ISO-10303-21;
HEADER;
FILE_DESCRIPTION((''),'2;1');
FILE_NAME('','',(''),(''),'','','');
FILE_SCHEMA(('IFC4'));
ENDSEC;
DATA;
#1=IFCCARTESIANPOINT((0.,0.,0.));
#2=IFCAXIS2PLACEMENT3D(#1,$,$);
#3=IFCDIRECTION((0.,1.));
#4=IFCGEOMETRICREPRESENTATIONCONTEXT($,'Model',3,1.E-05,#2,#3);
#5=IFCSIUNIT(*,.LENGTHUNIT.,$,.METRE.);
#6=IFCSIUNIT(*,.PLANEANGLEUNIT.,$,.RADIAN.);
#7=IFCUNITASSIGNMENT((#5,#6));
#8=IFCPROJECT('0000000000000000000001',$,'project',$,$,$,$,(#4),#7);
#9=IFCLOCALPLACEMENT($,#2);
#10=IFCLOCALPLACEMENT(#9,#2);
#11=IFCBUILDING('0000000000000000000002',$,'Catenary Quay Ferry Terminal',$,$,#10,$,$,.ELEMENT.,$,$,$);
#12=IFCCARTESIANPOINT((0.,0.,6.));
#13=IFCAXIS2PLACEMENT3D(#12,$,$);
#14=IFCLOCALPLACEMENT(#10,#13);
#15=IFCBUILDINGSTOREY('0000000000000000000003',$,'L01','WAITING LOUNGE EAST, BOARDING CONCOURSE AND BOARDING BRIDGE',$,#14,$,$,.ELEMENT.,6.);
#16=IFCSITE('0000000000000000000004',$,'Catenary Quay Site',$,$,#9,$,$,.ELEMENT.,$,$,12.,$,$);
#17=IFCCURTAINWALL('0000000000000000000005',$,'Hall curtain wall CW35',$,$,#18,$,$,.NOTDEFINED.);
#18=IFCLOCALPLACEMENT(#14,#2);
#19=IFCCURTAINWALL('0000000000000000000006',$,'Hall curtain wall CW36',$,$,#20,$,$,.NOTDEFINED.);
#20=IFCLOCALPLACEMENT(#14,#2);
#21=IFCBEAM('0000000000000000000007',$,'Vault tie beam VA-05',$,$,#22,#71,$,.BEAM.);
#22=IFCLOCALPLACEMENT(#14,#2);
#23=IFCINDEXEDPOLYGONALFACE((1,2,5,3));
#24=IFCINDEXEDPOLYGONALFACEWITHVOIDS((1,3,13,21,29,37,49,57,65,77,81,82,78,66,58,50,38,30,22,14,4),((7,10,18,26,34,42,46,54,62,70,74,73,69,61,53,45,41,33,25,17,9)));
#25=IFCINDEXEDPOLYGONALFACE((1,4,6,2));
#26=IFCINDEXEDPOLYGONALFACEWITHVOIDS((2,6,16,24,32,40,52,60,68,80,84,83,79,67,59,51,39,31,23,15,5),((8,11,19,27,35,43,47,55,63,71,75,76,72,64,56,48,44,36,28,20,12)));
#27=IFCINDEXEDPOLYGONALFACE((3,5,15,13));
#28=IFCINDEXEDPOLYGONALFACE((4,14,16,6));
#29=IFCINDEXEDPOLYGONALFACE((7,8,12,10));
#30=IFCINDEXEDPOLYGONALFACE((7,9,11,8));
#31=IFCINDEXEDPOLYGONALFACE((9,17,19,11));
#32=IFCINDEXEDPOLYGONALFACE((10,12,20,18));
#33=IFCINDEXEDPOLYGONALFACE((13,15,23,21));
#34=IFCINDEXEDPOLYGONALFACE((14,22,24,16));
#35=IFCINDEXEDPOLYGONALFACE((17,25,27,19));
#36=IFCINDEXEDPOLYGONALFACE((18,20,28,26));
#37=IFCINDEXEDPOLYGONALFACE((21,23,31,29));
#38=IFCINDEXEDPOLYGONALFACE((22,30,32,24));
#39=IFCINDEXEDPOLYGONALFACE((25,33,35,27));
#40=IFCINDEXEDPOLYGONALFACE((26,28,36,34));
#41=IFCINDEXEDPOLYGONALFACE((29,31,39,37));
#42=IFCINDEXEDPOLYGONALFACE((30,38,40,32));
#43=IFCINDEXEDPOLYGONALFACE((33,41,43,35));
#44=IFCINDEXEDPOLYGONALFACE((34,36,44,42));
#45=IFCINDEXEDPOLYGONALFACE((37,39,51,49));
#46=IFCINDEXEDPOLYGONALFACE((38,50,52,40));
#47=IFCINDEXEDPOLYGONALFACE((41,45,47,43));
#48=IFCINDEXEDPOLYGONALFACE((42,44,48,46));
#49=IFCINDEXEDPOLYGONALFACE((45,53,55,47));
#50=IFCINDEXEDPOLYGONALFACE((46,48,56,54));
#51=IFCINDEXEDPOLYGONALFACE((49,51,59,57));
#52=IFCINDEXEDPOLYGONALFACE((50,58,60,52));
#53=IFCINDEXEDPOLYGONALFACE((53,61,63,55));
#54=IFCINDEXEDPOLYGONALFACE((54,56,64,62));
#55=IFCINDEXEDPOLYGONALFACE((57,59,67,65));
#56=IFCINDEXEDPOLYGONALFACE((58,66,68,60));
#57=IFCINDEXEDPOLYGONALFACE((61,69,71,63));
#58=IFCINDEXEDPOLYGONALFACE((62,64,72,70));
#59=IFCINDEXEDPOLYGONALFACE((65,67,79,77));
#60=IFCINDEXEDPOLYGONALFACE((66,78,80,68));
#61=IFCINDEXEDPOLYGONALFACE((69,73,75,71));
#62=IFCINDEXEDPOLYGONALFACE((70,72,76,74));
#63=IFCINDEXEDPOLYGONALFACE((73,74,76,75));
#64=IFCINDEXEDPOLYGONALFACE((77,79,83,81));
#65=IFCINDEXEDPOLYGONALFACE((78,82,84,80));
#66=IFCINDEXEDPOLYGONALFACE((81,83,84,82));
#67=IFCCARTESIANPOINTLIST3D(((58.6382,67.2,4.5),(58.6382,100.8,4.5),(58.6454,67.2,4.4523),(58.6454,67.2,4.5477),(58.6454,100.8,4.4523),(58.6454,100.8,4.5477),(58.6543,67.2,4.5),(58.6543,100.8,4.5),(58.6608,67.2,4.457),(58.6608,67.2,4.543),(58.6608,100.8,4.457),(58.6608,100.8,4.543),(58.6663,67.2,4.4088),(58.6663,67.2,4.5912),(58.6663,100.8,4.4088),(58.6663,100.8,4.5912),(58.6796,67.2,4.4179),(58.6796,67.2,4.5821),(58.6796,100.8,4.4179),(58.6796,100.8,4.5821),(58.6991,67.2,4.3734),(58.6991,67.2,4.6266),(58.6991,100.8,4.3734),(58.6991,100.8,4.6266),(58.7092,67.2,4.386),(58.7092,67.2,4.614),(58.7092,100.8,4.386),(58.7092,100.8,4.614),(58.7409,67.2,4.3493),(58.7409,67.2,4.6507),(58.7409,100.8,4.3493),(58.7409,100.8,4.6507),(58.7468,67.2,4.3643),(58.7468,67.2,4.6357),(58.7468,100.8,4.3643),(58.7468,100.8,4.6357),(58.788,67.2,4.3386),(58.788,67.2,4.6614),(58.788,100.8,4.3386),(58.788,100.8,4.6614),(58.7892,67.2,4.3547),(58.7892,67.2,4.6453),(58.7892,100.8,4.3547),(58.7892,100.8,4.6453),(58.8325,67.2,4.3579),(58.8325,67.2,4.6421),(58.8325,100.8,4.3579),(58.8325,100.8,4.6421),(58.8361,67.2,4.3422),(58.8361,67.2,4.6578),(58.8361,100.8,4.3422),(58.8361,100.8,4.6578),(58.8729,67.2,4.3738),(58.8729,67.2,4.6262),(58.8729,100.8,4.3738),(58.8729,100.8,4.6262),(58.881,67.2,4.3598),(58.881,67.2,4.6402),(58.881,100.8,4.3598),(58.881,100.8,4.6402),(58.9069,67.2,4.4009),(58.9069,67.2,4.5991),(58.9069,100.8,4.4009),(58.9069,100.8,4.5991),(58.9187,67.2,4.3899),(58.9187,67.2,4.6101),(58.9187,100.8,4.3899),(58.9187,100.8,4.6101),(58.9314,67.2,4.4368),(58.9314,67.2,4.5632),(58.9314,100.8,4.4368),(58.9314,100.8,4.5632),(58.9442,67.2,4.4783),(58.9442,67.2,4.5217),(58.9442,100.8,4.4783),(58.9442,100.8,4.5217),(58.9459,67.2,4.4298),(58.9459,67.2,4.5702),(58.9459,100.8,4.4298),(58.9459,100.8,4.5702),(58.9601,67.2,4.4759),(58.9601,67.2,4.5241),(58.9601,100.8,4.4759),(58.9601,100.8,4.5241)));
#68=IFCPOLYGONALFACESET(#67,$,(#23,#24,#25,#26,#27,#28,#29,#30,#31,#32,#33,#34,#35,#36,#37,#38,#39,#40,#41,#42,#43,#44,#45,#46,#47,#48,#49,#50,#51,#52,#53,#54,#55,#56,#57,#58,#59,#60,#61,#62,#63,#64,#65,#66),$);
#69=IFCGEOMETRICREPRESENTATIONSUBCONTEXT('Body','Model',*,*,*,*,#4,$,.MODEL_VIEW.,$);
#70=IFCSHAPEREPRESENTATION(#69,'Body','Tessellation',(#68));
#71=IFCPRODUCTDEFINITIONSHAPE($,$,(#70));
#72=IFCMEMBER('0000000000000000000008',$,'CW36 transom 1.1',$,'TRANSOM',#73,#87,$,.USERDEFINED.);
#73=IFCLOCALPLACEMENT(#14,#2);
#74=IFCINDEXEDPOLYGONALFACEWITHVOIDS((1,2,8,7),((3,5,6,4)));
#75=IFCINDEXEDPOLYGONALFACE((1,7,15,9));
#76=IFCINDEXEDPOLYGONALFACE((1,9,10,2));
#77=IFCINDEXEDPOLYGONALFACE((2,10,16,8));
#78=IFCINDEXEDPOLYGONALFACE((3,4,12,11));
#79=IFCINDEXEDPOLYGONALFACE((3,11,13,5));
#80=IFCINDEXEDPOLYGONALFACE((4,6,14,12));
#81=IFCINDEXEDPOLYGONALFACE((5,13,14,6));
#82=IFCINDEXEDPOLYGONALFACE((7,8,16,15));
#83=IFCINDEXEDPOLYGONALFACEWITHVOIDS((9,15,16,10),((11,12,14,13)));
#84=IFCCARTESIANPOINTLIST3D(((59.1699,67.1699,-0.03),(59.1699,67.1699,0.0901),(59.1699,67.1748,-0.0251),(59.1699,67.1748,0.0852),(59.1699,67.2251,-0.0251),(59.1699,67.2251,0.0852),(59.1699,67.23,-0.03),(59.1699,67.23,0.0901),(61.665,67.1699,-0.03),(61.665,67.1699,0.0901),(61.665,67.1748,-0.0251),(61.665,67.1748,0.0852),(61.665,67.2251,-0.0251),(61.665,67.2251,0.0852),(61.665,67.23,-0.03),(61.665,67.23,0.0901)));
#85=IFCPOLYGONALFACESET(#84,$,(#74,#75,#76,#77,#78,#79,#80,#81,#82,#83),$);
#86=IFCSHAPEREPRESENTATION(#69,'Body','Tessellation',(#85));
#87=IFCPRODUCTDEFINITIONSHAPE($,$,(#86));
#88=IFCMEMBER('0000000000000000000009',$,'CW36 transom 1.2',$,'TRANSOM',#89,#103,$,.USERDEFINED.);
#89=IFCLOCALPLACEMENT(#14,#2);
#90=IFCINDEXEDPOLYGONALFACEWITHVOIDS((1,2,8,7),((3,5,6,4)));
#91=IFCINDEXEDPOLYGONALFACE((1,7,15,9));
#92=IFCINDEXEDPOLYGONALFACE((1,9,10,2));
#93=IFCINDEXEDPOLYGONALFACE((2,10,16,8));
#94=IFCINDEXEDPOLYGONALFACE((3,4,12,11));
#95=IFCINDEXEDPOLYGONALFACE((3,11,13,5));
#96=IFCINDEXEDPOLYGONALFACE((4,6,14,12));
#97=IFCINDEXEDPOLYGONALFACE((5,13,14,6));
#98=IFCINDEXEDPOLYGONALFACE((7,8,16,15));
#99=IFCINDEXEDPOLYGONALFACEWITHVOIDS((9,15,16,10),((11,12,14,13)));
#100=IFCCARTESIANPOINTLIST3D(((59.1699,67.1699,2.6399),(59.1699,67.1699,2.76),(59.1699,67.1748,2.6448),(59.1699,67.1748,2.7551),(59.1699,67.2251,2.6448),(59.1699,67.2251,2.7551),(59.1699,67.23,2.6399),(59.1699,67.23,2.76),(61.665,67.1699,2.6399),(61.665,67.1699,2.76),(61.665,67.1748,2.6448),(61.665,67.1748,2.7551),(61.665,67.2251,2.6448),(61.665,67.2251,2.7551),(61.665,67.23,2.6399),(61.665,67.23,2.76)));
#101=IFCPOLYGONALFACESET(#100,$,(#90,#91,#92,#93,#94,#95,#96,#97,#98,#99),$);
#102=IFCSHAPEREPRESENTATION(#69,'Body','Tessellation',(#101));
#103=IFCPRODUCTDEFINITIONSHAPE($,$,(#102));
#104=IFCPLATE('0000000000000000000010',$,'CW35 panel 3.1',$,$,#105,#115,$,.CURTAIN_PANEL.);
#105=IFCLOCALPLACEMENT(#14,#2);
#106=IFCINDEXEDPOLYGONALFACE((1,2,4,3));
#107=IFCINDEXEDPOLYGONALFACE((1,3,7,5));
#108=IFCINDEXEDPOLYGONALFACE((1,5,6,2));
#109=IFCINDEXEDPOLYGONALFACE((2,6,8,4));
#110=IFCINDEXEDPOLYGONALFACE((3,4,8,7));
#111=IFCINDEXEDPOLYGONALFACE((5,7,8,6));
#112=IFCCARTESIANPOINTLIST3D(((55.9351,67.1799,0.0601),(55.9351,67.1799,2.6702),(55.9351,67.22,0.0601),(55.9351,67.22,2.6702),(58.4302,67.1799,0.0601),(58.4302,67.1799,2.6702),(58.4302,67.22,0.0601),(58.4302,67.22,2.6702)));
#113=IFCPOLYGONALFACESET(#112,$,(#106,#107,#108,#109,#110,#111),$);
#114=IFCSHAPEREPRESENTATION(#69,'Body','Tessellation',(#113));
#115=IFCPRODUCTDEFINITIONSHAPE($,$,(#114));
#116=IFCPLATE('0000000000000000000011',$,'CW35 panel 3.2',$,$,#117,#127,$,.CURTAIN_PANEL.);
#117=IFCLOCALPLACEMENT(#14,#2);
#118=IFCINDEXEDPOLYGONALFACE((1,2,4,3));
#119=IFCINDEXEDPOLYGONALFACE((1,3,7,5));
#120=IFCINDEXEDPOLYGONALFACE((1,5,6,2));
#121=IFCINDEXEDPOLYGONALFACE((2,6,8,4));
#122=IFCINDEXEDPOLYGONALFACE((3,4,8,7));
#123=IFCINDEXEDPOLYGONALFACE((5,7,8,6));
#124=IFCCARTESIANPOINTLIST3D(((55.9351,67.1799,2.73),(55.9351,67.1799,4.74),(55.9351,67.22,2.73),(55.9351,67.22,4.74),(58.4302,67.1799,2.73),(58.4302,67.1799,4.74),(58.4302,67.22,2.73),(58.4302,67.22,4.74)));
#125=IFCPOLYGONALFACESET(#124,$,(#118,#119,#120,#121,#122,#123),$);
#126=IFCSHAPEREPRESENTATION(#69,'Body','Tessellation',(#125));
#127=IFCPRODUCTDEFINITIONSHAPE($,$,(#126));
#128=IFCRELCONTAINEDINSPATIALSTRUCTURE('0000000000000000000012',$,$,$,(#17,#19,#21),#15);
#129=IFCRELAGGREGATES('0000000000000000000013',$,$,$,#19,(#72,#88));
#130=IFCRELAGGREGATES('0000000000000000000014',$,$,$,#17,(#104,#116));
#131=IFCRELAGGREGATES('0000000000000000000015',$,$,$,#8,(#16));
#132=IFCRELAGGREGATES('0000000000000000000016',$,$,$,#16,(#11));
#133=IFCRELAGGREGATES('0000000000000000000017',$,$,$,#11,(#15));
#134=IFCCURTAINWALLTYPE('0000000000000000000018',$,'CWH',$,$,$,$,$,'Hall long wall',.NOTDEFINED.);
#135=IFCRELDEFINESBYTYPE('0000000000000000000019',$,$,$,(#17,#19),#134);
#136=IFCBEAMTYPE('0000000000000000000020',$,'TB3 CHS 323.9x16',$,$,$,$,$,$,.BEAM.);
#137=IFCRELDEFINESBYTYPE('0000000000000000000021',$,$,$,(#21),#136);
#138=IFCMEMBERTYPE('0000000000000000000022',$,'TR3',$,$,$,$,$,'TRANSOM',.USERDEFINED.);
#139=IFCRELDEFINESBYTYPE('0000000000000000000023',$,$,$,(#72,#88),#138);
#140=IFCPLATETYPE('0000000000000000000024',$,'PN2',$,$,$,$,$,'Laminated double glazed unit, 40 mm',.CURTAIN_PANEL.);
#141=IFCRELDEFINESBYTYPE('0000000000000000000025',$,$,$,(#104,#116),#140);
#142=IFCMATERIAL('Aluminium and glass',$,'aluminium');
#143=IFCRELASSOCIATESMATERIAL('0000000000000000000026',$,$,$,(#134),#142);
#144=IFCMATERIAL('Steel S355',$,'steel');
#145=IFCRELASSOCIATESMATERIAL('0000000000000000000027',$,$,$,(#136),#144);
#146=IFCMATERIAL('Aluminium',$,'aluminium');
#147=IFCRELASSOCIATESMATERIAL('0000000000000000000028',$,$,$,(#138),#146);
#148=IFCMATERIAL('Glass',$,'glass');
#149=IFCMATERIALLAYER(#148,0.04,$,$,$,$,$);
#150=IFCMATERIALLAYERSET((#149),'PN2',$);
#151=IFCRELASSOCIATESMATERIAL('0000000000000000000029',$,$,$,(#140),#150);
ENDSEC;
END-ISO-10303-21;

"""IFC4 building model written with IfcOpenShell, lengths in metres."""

from ifc_helpers import new_model, si_unit, direction, frame, origin, origin_2d, place, context, subcontext, project, spatial, rectangle, hollow_rectangle, hollow_circle, extrude, material, layer, layer_set, material_profile, profile_set, type_object, element, aggregate, save


model = new_model("IFC4")

# Units and contexts
model_context = context("Model", 3, precision=1e-05, world=origin(), true_north=direction((0.0, 1.0)))
body_context = subcontext(model_context, "Body", "Model", "MODEL_VIEW")
ifc_project = project(units=[si_unit("LENGTHUNIT", "METRE"), si_unit("PLANEANGLEUNIT", "RADIAN")], contexts=[model_context])

# Site, building, storey
site_placement = place(None, origin())
site = spatial("IfcSite", under=ifc_project, at=site_placement, Name="Catenary Quay Site", CompositionType="ELEMENT", RefElevation=12.0)
building_placement = place(site_placement, origin())
building = spatial("IfcBuilding", under=site, at=building_placement, Name="Catenary Quay Ferry Terminal", CompositionType="ELEMENT")
storey_placement = place(building_placement, frame((0.0, 0.0, 6.0)))
storey = spatial("IfcBuildingStorey", under=building, at=storey_placement, Name="L01", Description="WAITING LOUNGE EAST, BOARDING CONCOURSE AND BOARDING BRIDGE", CompositionType="ELEMENT", Elevation=6.0)

# Curtain walls
ifc_material_1 = material(Name="Aluminium and glass", Category="aluminium")
curtain_wall_type = type_object("IfcCurtainWallType", Name="CWH", ElementType="Hall long wall", PredefinedType="NOTDEFINED", material=ifc_material_1)
curtain_wall_1_placement = place(storey_placement, origin())
curtain_wall_1 = element("IfcCurtainWall", 1, at=curtain_wall_1_placement, inside=storey, type_object=curtain_wall_type, Name="Hall curtain wall CW35", PredefinedType="NOTDEFINED")
curtain_wall_2_placement = place(storey_placement, origin())
curtain_wall_2 = element("IfcCurtainWall", 2, at=curtain_wall_2_placement, inside=storey, type_object=curtain_wall_type, Name="Hall curtain wall CW36", PredefinedType="NOTDEFINED")

# Beam
ifc_material_2 = material(Name="Steel S355", Category="steel")
ifc_material_profile_1 = material_profile(ifc_material_2, hollow_circle(Radius=0.1619, WallThickness=0.0161, at=origin_2d()), Name="CHS 323.9x16")
ifc_profile_set_1 = profile_set([ifc_material_profile_1], Name="Steel S355")
beam_type_1 = type_object("IfcBeamType", Name="TB3 CHS 323.9x16", PredefinedType="BEAM", material=ifc_profile_set_1)
beam_1_placement = place(storey_placement, frame((58.8, 67.2, 4.5), z_axis=(0.0, 1.0, 0.0), x_axis=(-1.0, 0.0, 0.0)))
element("IfcBeam", 3, at=beam_1_placement, inside=storey, type_object=beam_type_1, Name="Vault tie beam VA-05", PredefinedType="BEAM", context=body_context, shape_type="SweptSolid", body=[
    extrude(hollow_circle(Radius=0.1619, WallThickness=0.0161, at=origin_2d()), origin(), (0.0, 0.0, 1.0), 33.6001),
])

# Members
ifc_material_3 = material(Name="Aluminium", Category="aluminium")
ifc_material_profile_2 = material_profile(ifc_material_3, hollow_rectangle(XDim=0.0601, YDim=0.1201, WallThickness=0.0049, at=origin_2d()), Name="TR3")
ifc_profile_set_2 = profile_set([ifc_material_profile_2], Name="Aluminium")
member_type_1 = type_object("IfcMemberType", Name="TR3", ElementType="TRANSOM", PredefinedType="USERDEFINED", material=ifc_profile_set_2)
member_1_placement = place(storey_placement, frame((59.1699, 67.2, 0.03), z_axis=(1.0, 0.0, 0.0), x_axis=(0.0, 1.0, 0.0)))
member_1 = element("IfcMember", 4, at=member_1_placement, type_object=member_type_1, Name="CW36 transom 1.1", ObjectType="TRANSOM", PredefinedType="USERDEFINED", context=body_context, shape_type="SweptSolid", body=[
    extrude(hollow_rectangle(XDim=0.0601, YDim=0.1201, WallThickness=0.0049, at=origin_2d()), origin(), (0.0, 0.0, 1.0), 2.4951),
])
member_2_placement = place(storey_placement, frame((59.1699, 67.2, 2.7), z_axis=(1.0, 0.0, 0.0), x_axis=(0.0, 1.0, 0.0)))
member_2 = element("IfcMember", 5, at=member_2_placement, type_object=member_type_1, Name="CW36 transom 1.2", ObjectType="TRANSOM", PredefinedType="USERDEFINED", context=body_context, shape_type="SweptSolid", body=[
    extrude(hollow_rectangle(XDim=0.0601, YDim=0.1201, WallThickness=0.0049, at=origin_2d()), origin(), (0.0, 0.0, 1.0), 2.4951),
])
aggregate(curtain_wall_2, [member_1, member_2])

# Plates
ifc_material_4 = material(Name="Glass", Category="glass")
ifc_layer_1 = layer(ifc_material_4, 0.04)
ifc_layer_set_1 = layer_set([ifc_layer_1], Name="PN2")
plate_type = type_object("IfcPlateType", Name="PN2", ElementType="Laminated double glazed unit, 40 mm", PredefinedType="CURTAIN_PANEL", material=ifc_layer_set_1)
plate_1_placement = place(storey_placement, frame((57.1826, 67.2, 0.0601), z_axis=(0.0, 0.0, 1.0), x_axis=(1.0, 0.0, 0.0)))
plate_1 = element("IfcPlate", 6, at=plate_1_placement, type_object=plate_type, Name="CW35 panel 3.1", PredefinedType="CURTAIN_PANEL", context=body_context, shape_type="SweptSolid", body=[
    extrude(rectangle(XDim=2.4951, YDim=0.04, at=origin_2d()), origin(), (0.0, 0.0, 1.0), 2.6101),
])
plate_2_placement = place(storey_placement, frame((57.1826, 67.2, 2.73), z_axis=(0.0, 0.0, 1.0), x_axis=(1.0, 0.0, 0.0)))
plate_2 = element("IfcPlate", 7, at=plate_2_placement, type_object=plate_type, Name="CW35 panel 3.2", PredefinedType="CURTAIN_PANEL", context=body_context, shape_type="SweptSolid", body=[
    extrude(rectangle(XDim=2.4951, YDim=0.04, at=origin_2d()), origin(), (0.0, 0.0, 1.0), 2.01),
])
aggregate(curtain_wall_1, [plate_1, plate_2])

save(model, "model.ifc")
